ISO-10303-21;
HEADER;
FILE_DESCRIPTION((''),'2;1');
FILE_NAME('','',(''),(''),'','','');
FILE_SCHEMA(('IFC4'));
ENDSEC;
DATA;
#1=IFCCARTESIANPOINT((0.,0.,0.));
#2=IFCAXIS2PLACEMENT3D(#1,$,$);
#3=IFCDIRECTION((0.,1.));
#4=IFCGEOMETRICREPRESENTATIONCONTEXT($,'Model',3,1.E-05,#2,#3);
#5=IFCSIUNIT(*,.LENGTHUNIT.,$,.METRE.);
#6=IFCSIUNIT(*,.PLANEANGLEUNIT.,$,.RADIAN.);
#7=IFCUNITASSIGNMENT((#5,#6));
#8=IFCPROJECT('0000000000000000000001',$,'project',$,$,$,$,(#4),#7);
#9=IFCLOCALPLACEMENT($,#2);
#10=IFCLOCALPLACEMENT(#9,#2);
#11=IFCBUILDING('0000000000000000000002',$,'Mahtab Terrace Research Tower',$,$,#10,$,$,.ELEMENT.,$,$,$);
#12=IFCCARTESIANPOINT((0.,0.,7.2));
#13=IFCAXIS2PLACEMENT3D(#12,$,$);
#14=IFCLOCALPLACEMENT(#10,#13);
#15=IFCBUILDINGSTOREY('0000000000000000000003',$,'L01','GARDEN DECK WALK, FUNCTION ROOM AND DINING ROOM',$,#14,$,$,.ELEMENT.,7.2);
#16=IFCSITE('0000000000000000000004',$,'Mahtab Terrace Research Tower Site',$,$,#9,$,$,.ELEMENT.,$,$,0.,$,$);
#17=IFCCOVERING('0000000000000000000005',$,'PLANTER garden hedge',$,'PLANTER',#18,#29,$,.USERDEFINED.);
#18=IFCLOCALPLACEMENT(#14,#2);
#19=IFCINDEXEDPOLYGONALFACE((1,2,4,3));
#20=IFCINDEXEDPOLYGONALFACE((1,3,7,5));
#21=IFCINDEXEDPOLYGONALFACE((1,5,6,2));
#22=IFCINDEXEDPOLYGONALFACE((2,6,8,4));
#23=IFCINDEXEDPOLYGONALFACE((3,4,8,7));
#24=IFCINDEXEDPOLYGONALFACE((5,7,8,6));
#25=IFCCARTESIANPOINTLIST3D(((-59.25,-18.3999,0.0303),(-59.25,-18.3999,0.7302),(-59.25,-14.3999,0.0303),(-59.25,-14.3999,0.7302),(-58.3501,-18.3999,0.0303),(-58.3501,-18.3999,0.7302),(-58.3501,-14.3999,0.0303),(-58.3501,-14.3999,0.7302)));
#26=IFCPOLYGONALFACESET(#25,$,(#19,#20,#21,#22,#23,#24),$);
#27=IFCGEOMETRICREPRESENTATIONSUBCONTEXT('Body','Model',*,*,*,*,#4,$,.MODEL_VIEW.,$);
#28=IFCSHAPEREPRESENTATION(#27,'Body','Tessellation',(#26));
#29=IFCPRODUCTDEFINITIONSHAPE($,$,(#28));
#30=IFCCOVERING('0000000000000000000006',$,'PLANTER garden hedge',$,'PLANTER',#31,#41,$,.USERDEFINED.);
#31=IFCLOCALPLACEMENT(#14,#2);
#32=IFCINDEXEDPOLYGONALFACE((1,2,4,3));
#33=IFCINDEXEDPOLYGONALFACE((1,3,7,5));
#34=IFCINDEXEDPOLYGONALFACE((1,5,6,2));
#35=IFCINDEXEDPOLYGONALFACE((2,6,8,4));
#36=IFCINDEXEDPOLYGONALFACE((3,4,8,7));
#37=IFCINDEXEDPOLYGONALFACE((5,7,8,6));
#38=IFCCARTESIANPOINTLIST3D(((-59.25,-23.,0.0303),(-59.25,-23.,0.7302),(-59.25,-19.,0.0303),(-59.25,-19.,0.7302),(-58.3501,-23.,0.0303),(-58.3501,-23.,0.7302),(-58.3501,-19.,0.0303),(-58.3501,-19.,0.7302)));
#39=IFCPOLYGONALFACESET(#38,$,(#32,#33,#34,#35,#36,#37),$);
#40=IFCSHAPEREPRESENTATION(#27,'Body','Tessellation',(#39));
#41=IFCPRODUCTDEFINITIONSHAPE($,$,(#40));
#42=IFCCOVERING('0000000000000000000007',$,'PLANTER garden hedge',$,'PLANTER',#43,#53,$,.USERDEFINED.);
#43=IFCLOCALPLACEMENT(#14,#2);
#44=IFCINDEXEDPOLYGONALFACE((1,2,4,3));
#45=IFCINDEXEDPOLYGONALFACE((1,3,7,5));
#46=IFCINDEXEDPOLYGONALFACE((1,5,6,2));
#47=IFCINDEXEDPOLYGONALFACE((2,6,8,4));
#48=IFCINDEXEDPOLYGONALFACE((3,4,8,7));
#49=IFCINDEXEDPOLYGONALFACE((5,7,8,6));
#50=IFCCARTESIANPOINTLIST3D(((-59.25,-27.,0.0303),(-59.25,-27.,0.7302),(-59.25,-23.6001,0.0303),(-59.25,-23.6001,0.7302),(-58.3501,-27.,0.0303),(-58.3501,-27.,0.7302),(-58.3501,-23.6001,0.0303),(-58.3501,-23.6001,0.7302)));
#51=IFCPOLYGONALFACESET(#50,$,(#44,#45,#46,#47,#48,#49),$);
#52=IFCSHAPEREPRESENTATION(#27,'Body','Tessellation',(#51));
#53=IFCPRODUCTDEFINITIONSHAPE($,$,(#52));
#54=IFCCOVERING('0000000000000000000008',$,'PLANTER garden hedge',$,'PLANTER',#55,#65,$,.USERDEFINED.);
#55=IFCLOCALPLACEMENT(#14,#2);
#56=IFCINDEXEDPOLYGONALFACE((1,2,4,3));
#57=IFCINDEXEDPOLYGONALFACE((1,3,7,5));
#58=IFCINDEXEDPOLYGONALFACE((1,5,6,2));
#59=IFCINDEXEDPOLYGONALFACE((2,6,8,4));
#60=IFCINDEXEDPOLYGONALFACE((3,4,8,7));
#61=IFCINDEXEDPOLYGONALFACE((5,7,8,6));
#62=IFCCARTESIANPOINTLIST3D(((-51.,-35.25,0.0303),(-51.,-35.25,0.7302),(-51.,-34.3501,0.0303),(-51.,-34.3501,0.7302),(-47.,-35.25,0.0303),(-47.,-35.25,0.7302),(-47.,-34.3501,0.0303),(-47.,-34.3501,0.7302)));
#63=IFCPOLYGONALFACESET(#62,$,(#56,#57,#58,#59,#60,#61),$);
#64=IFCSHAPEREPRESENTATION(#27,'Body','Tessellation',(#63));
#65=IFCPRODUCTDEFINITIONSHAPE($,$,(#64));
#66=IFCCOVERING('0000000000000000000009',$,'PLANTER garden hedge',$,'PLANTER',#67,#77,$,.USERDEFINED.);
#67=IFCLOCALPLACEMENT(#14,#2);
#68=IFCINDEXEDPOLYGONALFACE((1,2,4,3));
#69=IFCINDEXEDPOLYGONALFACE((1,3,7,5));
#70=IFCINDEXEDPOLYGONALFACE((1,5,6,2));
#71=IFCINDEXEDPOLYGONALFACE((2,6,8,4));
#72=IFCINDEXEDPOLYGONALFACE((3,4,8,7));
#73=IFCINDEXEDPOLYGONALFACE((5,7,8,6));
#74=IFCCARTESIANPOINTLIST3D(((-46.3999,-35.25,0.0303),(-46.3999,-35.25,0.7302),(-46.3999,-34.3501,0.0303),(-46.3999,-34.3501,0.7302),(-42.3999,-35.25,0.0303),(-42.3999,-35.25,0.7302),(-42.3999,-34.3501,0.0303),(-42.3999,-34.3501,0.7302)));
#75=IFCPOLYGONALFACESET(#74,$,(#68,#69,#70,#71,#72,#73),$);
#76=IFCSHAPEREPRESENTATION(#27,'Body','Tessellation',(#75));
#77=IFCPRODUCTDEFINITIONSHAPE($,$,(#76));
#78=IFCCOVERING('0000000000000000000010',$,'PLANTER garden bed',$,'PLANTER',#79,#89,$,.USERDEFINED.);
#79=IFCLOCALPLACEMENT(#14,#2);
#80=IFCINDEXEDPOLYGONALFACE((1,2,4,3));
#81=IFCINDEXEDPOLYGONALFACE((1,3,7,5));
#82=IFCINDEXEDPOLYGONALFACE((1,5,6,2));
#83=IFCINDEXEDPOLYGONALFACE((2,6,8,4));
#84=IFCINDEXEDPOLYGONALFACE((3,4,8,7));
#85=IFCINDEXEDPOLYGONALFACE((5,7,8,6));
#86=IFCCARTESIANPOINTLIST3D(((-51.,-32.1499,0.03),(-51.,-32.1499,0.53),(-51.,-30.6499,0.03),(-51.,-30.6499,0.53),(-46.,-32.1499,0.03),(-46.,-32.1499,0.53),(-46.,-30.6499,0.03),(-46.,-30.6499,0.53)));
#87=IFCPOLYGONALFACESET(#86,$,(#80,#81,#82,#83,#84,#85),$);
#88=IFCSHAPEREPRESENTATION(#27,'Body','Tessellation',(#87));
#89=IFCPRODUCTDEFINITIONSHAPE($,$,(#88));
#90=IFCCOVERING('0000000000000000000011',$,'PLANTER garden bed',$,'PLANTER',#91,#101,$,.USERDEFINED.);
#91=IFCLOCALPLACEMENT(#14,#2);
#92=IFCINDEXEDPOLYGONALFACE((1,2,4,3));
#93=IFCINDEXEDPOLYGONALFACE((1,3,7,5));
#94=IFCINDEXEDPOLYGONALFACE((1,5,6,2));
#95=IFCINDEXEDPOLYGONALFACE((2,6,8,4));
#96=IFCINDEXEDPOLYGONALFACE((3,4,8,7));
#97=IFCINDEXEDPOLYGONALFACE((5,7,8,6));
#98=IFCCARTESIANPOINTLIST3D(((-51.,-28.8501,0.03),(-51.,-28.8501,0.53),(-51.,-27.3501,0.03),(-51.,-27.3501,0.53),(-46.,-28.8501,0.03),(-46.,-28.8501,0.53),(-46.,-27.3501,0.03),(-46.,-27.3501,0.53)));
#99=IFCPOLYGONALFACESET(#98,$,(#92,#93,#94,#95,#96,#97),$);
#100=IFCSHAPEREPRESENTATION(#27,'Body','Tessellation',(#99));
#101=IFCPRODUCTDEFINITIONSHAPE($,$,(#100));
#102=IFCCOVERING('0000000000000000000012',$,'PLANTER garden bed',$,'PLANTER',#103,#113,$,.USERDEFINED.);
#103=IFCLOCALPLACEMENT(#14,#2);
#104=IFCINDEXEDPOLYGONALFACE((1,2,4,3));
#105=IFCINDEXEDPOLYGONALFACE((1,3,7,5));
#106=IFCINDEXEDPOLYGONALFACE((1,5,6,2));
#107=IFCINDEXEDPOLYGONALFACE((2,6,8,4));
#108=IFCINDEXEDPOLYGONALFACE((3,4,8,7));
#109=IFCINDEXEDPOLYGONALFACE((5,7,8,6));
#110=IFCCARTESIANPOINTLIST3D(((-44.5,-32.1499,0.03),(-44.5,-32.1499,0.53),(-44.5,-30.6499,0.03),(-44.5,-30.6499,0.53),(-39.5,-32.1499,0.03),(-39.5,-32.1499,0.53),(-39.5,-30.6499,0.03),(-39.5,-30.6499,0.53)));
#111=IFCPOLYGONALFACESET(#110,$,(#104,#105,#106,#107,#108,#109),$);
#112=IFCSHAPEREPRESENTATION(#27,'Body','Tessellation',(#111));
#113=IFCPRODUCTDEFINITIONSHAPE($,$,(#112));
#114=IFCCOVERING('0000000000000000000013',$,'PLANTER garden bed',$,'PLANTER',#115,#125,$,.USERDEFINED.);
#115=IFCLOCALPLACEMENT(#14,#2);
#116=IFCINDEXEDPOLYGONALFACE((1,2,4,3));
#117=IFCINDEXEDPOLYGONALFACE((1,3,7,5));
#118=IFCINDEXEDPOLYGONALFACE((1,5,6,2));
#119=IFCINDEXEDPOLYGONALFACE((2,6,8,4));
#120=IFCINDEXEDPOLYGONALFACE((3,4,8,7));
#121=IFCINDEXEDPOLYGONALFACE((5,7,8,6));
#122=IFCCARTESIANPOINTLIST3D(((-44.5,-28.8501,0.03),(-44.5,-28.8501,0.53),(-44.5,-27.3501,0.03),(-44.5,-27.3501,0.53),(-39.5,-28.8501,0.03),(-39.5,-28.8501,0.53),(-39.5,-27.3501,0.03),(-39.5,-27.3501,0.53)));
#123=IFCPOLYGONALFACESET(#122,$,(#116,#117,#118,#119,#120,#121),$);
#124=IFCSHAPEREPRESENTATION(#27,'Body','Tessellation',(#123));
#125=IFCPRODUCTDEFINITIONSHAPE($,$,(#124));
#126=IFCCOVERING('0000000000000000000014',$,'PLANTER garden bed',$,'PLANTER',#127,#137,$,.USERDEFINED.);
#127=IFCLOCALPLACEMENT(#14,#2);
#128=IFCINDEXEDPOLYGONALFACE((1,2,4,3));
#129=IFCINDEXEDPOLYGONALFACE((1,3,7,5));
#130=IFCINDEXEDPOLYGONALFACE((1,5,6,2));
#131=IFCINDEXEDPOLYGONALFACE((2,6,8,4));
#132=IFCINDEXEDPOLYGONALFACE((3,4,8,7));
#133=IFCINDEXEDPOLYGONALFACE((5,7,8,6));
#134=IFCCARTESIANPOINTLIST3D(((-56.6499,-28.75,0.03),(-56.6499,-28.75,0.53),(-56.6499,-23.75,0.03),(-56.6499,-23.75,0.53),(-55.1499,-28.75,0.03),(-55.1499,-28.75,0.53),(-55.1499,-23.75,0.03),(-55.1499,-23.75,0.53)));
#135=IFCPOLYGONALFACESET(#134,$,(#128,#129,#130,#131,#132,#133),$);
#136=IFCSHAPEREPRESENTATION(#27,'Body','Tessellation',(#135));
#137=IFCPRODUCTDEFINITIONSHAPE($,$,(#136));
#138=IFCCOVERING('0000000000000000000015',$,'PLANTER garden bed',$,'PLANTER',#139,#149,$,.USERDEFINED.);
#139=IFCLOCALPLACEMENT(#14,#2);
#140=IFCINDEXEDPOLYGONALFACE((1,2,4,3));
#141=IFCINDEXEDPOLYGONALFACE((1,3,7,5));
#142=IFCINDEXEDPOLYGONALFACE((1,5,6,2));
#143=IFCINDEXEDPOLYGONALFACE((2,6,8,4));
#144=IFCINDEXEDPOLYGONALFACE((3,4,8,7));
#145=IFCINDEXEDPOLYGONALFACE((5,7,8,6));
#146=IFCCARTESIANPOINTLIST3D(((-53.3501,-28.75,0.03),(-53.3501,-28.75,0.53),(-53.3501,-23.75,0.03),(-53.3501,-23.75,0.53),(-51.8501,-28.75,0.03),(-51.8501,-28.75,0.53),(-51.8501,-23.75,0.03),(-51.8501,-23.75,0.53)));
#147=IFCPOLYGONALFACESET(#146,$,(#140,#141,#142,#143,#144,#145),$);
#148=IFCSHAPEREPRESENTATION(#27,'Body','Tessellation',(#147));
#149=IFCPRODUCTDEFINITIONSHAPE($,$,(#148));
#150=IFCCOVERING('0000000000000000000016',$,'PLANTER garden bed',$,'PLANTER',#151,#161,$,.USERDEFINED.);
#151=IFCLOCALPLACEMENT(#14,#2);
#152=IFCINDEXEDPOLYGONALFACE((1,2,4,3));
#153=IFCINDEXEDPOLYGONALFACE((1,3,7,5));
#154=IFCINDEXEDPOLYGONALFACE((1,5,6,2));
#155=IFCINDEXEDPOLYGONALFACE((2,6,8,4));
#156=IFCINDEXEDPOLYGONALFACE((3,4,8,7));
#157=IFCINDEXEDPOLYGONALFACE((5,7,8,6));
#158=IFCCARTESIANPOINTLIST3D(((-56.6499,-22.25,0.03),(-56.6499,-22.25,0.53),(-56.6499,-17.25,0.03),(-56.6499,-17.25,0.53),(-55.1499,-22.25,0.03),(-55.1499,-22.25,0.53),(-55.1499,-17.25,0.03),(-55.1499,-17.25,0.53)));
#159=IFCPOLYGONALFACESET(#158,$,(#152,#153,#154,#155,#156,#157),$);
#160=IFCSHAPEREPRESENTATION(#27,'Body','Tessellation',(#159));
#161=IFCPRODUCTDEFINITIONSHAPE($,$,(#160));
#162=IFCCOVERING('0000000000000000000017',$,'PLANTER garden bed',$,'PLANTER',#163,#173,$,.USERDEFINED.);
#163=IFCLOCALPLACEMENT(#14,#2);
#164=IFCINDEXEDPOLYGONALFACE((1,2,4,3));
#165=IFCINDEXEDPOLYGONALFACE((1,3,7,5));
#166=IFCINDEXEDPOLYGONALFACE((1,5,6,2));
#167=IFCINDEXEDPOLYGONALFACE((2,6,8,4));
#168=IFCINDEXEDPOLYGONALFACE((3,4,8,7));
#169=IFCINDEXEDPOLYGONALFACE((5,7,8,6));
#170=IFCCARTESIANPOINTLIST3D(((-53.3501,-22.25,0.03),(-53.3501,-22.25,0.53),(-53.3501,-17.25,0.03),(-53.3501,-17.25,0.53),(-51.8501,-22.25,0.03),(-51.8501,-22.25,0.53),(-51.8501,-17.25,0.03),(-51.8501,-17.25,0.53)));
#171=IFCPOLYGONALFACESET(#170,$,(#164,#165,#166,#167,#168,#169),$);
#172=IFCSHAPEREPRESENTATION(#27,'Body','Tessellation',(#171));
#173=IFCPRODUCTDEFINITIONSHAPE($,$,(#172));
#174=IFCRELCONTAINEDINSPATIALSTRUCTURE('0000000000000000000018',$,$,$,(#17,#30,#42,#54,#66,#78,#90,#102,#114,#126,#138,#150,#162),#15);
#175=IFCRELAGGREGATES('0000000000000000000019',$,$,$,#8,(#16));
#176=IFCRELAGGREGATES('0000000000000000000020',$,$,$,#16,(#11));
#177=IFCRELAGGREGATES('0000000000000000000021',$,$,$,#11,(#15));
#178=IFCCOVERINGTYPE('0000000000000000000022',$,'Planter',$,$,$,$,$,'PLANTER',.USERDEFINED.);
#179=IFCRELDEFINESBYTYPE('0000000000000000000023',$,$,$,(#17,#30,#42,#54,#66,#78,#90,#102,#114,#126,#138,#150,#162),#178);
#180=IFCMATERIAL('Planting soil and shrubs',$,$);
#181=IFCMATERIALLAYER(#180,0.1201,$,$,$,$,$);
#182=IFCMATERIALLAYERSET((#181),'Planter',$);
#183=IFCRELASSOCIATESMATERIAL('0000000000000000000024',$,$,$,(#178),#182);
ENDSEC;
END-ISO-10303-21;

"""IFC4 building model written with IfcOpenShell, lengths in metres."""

from ifc_helpers import new_model, si_unit, direction, frame, origin, origin_2d, place, context, subcontext, project, spatial, rectangle, extrude, material, layer, layer_set, type_object, element, save


model = new_model("IFC4")

# Units and contexts
model_context = context("Model", 3, precision=1e-05, world=origin(), true_north=direction((0.0, 1.0)))
body_context = subcontext(model_context, "Body", "Model", "MODEL_VIEW")
ifc_project = project(units=[si_unit("LENGTHUNIT", "METRE"), si_unit("PLANEANGLEUNIT", "RADIAN")], contexts=[model_context])

# Site, building, storey
site_placement = place(None, origin())
site = spatial("IfcSite", under=ifc_project, at=site_placement, Name="Mahtab Terrace Research Tower Site", CompositionType="ELEMENT", RefElevation=0.0)
building_placement = place(site_placement, origin())
building = spatial("IfcBuilding", under=site, at=building_placement, Name="Mahtab Terrace Research Tower", CompositionType="ELEMENT")
storey_placement = place(building_placement, frame((0.0, 0.0, 7.2)))
storey = spatial("IfcBuildingStorey", under=building, at=storey_placement, Name="L01", Description="GARDEN DECK WALK, FUNCTION ROOM AND DINING ROOM", CompositionType="ELEMENT", Elevation=7.2)

# Coverings
ifc_material_1 = material(Name="Planting soil and shrubs")
ifc_layer_1 = layer(ifc_material_1, 0.1201)
ifc_layer_set_1 = layer_set([ifc_layer_1], Name="Planter")
covering_type_1 = type_object("IfcCoveringType", Name="Planter", ElementType="PLANTER", PredefinedType="USERDEFINED", material=ifc_layer_set_1)
for number, where, z_axis, x_axis, name in (
    (1, (-58.8, -16.3999, 0.0303), (0.0, 0.0, 1.0), (0.0, -1.0, 0.0), "PLANTER garden hedge"),
    (2, (-58.8, -21.0, 0.0303), (0.0, 0.0, 1.0), (0.0, -1.0, 0.0), "PLANTER garden hedge"),
):
    element("IfcCovering", number, at=place(storey_placement, frame(where, z_axis=z_axis, x_axis=x_axis)), inside=storey, type_object=covering_type_1, Name=name, ObjectType="PLANTER", PredefinedType="USERDEFINED", context=body_context, shape_type="SweptSolid", body=[
        extrude(rectangle(XDim=4.0, YDim=0.8999, at=origin_2d()), origin(), (0.0, 0.0, 1.0), 0.7),
    ])
covering_1_placement = place(storey_placement, frame((-58.8, -25.3, 0.0303), z_axis=(0.0, 0.0, 1.0), x_axis=(0.0, -1.0, 0.0)))
element("IfcCovering", 3, at=covering_1_placement, inside=storey, type_object=covering_type_1, Name="PLANTER garden hedge", ObjectType="PLANTER", PredefinedType="USERDEFINED", context=body_context, shape_type="SweptSolid", body=[
    extrude(rectangle(XDim=3.3999, YDim=0.8999, at=origin_2d()), origin(), (0.0, 0.0, 1.0), 0.7),
])
for number, where, z_axis, x_axis, name in (
    (4, (-49.0, -34.8, 0.0303), (0.0, 0.0, 1.0), (1.0, 0.0, 0.0), "PLANTER garden hedge"),
    (5, (-44.3999, -34.8, 0.0303), (0.0, 0.0, 1.0), (1.0, 0.0, 0.0), "PLANTER garden hedge"),
):
    element("IfcCovering", number, at=place(storey_placement, frame(where, z_axis=z_axis, x_axis=x_axis)), inside=storey, type_object=covering_type_1, Name=name, ObjectType="PLANTER", PredefinedType="USERDEFINED", context=body_context, shape_type="SweptSolid", body=[
        extrude(rectangle(XDim=4.0, YDim=0.8999, at=origin_2d()), origin(), (0.0, 0.0, 1.0), 0.7),
    ])
for number, where, z_axis, x_axis, name in (
    (6, (-48.5, -31.3999, 0.03), (0.0, 0.0, 1.0), (1.0, 0.0, 0.0), "PLANTER garden bed"),
    (7, (-48.5, -28.1001, 0.03), (0.0, 0.0, 1.0), (1.0, 0.0, 0.0), "PLANTER garden bed"),
    (8, (-42.0, -31.3999, 0.03), (0.0, 0.0, 1.0), (1.0, 0.0, 0.0), "PLANTER garden bed"),
    (9, (-42.0, -28.1001, 0.03), (0.0, 0.0, 1.0), (1.0, 0.0, 0.0), "PLANTER garden bed"),
):
    element("IfcCovering", number, at=place(storey_placement, frame(where, z_axis=z_axis, x_axis=x_axis)), inside=storey, type_object=covering_type_1, Name=name, ObjectType="PLANTER", PredefinedType="USERDEFINED", context=body_context, shape_type="SweptSolid", body=[
        extrude(rectangle(XDim=5.0, YDim=1.5, at=origin_2d()), origin(), (0.0, 0.0, 1.0), 0.5),
    ])
for number, where, z_axis, x_axis, name in (
    (10, (-55.8999, -26.25, 0.03), (0.0, 0.0, 1.0), (1.0, 0.0, 0.0), "PLANTER garden bed"),
    (11, (-52.6001, -26.25, 0.03), (0.0, 0.0, 1.0), (1.0, 0.0, 0.0), "PLANTER garden bed"),
    (12, (-55.8999, -19.75, 0.03), (0.0, 0.0, 1.0), (1.0, 0.0, 0.0), "PLANTER garden bed"),
    (13, (-52.6001, -19.75, 0.03), (0.0, 0.0, 1.0), (1.0, 0.0, 0.0), "PLANTER garden bed"),
):
    element("IfcCovering", number, at=place(storey_placement, frame(where, z_axis=z_axis, x_axis=x_axis)), inside=storey, type_object=covering_type_1, Name=name, ObjectType="PLANTER", PredefinedType="USERDEFINED", context=body_context, shape_type="SweptSolid", body=[
        extrude(rectangle(XDim=1.5, YDim=5.0, at=origin_2d()), origin(), (0.0, 0.0, 1.0), 0.5),
    ])

save(model, "model.ifc")
